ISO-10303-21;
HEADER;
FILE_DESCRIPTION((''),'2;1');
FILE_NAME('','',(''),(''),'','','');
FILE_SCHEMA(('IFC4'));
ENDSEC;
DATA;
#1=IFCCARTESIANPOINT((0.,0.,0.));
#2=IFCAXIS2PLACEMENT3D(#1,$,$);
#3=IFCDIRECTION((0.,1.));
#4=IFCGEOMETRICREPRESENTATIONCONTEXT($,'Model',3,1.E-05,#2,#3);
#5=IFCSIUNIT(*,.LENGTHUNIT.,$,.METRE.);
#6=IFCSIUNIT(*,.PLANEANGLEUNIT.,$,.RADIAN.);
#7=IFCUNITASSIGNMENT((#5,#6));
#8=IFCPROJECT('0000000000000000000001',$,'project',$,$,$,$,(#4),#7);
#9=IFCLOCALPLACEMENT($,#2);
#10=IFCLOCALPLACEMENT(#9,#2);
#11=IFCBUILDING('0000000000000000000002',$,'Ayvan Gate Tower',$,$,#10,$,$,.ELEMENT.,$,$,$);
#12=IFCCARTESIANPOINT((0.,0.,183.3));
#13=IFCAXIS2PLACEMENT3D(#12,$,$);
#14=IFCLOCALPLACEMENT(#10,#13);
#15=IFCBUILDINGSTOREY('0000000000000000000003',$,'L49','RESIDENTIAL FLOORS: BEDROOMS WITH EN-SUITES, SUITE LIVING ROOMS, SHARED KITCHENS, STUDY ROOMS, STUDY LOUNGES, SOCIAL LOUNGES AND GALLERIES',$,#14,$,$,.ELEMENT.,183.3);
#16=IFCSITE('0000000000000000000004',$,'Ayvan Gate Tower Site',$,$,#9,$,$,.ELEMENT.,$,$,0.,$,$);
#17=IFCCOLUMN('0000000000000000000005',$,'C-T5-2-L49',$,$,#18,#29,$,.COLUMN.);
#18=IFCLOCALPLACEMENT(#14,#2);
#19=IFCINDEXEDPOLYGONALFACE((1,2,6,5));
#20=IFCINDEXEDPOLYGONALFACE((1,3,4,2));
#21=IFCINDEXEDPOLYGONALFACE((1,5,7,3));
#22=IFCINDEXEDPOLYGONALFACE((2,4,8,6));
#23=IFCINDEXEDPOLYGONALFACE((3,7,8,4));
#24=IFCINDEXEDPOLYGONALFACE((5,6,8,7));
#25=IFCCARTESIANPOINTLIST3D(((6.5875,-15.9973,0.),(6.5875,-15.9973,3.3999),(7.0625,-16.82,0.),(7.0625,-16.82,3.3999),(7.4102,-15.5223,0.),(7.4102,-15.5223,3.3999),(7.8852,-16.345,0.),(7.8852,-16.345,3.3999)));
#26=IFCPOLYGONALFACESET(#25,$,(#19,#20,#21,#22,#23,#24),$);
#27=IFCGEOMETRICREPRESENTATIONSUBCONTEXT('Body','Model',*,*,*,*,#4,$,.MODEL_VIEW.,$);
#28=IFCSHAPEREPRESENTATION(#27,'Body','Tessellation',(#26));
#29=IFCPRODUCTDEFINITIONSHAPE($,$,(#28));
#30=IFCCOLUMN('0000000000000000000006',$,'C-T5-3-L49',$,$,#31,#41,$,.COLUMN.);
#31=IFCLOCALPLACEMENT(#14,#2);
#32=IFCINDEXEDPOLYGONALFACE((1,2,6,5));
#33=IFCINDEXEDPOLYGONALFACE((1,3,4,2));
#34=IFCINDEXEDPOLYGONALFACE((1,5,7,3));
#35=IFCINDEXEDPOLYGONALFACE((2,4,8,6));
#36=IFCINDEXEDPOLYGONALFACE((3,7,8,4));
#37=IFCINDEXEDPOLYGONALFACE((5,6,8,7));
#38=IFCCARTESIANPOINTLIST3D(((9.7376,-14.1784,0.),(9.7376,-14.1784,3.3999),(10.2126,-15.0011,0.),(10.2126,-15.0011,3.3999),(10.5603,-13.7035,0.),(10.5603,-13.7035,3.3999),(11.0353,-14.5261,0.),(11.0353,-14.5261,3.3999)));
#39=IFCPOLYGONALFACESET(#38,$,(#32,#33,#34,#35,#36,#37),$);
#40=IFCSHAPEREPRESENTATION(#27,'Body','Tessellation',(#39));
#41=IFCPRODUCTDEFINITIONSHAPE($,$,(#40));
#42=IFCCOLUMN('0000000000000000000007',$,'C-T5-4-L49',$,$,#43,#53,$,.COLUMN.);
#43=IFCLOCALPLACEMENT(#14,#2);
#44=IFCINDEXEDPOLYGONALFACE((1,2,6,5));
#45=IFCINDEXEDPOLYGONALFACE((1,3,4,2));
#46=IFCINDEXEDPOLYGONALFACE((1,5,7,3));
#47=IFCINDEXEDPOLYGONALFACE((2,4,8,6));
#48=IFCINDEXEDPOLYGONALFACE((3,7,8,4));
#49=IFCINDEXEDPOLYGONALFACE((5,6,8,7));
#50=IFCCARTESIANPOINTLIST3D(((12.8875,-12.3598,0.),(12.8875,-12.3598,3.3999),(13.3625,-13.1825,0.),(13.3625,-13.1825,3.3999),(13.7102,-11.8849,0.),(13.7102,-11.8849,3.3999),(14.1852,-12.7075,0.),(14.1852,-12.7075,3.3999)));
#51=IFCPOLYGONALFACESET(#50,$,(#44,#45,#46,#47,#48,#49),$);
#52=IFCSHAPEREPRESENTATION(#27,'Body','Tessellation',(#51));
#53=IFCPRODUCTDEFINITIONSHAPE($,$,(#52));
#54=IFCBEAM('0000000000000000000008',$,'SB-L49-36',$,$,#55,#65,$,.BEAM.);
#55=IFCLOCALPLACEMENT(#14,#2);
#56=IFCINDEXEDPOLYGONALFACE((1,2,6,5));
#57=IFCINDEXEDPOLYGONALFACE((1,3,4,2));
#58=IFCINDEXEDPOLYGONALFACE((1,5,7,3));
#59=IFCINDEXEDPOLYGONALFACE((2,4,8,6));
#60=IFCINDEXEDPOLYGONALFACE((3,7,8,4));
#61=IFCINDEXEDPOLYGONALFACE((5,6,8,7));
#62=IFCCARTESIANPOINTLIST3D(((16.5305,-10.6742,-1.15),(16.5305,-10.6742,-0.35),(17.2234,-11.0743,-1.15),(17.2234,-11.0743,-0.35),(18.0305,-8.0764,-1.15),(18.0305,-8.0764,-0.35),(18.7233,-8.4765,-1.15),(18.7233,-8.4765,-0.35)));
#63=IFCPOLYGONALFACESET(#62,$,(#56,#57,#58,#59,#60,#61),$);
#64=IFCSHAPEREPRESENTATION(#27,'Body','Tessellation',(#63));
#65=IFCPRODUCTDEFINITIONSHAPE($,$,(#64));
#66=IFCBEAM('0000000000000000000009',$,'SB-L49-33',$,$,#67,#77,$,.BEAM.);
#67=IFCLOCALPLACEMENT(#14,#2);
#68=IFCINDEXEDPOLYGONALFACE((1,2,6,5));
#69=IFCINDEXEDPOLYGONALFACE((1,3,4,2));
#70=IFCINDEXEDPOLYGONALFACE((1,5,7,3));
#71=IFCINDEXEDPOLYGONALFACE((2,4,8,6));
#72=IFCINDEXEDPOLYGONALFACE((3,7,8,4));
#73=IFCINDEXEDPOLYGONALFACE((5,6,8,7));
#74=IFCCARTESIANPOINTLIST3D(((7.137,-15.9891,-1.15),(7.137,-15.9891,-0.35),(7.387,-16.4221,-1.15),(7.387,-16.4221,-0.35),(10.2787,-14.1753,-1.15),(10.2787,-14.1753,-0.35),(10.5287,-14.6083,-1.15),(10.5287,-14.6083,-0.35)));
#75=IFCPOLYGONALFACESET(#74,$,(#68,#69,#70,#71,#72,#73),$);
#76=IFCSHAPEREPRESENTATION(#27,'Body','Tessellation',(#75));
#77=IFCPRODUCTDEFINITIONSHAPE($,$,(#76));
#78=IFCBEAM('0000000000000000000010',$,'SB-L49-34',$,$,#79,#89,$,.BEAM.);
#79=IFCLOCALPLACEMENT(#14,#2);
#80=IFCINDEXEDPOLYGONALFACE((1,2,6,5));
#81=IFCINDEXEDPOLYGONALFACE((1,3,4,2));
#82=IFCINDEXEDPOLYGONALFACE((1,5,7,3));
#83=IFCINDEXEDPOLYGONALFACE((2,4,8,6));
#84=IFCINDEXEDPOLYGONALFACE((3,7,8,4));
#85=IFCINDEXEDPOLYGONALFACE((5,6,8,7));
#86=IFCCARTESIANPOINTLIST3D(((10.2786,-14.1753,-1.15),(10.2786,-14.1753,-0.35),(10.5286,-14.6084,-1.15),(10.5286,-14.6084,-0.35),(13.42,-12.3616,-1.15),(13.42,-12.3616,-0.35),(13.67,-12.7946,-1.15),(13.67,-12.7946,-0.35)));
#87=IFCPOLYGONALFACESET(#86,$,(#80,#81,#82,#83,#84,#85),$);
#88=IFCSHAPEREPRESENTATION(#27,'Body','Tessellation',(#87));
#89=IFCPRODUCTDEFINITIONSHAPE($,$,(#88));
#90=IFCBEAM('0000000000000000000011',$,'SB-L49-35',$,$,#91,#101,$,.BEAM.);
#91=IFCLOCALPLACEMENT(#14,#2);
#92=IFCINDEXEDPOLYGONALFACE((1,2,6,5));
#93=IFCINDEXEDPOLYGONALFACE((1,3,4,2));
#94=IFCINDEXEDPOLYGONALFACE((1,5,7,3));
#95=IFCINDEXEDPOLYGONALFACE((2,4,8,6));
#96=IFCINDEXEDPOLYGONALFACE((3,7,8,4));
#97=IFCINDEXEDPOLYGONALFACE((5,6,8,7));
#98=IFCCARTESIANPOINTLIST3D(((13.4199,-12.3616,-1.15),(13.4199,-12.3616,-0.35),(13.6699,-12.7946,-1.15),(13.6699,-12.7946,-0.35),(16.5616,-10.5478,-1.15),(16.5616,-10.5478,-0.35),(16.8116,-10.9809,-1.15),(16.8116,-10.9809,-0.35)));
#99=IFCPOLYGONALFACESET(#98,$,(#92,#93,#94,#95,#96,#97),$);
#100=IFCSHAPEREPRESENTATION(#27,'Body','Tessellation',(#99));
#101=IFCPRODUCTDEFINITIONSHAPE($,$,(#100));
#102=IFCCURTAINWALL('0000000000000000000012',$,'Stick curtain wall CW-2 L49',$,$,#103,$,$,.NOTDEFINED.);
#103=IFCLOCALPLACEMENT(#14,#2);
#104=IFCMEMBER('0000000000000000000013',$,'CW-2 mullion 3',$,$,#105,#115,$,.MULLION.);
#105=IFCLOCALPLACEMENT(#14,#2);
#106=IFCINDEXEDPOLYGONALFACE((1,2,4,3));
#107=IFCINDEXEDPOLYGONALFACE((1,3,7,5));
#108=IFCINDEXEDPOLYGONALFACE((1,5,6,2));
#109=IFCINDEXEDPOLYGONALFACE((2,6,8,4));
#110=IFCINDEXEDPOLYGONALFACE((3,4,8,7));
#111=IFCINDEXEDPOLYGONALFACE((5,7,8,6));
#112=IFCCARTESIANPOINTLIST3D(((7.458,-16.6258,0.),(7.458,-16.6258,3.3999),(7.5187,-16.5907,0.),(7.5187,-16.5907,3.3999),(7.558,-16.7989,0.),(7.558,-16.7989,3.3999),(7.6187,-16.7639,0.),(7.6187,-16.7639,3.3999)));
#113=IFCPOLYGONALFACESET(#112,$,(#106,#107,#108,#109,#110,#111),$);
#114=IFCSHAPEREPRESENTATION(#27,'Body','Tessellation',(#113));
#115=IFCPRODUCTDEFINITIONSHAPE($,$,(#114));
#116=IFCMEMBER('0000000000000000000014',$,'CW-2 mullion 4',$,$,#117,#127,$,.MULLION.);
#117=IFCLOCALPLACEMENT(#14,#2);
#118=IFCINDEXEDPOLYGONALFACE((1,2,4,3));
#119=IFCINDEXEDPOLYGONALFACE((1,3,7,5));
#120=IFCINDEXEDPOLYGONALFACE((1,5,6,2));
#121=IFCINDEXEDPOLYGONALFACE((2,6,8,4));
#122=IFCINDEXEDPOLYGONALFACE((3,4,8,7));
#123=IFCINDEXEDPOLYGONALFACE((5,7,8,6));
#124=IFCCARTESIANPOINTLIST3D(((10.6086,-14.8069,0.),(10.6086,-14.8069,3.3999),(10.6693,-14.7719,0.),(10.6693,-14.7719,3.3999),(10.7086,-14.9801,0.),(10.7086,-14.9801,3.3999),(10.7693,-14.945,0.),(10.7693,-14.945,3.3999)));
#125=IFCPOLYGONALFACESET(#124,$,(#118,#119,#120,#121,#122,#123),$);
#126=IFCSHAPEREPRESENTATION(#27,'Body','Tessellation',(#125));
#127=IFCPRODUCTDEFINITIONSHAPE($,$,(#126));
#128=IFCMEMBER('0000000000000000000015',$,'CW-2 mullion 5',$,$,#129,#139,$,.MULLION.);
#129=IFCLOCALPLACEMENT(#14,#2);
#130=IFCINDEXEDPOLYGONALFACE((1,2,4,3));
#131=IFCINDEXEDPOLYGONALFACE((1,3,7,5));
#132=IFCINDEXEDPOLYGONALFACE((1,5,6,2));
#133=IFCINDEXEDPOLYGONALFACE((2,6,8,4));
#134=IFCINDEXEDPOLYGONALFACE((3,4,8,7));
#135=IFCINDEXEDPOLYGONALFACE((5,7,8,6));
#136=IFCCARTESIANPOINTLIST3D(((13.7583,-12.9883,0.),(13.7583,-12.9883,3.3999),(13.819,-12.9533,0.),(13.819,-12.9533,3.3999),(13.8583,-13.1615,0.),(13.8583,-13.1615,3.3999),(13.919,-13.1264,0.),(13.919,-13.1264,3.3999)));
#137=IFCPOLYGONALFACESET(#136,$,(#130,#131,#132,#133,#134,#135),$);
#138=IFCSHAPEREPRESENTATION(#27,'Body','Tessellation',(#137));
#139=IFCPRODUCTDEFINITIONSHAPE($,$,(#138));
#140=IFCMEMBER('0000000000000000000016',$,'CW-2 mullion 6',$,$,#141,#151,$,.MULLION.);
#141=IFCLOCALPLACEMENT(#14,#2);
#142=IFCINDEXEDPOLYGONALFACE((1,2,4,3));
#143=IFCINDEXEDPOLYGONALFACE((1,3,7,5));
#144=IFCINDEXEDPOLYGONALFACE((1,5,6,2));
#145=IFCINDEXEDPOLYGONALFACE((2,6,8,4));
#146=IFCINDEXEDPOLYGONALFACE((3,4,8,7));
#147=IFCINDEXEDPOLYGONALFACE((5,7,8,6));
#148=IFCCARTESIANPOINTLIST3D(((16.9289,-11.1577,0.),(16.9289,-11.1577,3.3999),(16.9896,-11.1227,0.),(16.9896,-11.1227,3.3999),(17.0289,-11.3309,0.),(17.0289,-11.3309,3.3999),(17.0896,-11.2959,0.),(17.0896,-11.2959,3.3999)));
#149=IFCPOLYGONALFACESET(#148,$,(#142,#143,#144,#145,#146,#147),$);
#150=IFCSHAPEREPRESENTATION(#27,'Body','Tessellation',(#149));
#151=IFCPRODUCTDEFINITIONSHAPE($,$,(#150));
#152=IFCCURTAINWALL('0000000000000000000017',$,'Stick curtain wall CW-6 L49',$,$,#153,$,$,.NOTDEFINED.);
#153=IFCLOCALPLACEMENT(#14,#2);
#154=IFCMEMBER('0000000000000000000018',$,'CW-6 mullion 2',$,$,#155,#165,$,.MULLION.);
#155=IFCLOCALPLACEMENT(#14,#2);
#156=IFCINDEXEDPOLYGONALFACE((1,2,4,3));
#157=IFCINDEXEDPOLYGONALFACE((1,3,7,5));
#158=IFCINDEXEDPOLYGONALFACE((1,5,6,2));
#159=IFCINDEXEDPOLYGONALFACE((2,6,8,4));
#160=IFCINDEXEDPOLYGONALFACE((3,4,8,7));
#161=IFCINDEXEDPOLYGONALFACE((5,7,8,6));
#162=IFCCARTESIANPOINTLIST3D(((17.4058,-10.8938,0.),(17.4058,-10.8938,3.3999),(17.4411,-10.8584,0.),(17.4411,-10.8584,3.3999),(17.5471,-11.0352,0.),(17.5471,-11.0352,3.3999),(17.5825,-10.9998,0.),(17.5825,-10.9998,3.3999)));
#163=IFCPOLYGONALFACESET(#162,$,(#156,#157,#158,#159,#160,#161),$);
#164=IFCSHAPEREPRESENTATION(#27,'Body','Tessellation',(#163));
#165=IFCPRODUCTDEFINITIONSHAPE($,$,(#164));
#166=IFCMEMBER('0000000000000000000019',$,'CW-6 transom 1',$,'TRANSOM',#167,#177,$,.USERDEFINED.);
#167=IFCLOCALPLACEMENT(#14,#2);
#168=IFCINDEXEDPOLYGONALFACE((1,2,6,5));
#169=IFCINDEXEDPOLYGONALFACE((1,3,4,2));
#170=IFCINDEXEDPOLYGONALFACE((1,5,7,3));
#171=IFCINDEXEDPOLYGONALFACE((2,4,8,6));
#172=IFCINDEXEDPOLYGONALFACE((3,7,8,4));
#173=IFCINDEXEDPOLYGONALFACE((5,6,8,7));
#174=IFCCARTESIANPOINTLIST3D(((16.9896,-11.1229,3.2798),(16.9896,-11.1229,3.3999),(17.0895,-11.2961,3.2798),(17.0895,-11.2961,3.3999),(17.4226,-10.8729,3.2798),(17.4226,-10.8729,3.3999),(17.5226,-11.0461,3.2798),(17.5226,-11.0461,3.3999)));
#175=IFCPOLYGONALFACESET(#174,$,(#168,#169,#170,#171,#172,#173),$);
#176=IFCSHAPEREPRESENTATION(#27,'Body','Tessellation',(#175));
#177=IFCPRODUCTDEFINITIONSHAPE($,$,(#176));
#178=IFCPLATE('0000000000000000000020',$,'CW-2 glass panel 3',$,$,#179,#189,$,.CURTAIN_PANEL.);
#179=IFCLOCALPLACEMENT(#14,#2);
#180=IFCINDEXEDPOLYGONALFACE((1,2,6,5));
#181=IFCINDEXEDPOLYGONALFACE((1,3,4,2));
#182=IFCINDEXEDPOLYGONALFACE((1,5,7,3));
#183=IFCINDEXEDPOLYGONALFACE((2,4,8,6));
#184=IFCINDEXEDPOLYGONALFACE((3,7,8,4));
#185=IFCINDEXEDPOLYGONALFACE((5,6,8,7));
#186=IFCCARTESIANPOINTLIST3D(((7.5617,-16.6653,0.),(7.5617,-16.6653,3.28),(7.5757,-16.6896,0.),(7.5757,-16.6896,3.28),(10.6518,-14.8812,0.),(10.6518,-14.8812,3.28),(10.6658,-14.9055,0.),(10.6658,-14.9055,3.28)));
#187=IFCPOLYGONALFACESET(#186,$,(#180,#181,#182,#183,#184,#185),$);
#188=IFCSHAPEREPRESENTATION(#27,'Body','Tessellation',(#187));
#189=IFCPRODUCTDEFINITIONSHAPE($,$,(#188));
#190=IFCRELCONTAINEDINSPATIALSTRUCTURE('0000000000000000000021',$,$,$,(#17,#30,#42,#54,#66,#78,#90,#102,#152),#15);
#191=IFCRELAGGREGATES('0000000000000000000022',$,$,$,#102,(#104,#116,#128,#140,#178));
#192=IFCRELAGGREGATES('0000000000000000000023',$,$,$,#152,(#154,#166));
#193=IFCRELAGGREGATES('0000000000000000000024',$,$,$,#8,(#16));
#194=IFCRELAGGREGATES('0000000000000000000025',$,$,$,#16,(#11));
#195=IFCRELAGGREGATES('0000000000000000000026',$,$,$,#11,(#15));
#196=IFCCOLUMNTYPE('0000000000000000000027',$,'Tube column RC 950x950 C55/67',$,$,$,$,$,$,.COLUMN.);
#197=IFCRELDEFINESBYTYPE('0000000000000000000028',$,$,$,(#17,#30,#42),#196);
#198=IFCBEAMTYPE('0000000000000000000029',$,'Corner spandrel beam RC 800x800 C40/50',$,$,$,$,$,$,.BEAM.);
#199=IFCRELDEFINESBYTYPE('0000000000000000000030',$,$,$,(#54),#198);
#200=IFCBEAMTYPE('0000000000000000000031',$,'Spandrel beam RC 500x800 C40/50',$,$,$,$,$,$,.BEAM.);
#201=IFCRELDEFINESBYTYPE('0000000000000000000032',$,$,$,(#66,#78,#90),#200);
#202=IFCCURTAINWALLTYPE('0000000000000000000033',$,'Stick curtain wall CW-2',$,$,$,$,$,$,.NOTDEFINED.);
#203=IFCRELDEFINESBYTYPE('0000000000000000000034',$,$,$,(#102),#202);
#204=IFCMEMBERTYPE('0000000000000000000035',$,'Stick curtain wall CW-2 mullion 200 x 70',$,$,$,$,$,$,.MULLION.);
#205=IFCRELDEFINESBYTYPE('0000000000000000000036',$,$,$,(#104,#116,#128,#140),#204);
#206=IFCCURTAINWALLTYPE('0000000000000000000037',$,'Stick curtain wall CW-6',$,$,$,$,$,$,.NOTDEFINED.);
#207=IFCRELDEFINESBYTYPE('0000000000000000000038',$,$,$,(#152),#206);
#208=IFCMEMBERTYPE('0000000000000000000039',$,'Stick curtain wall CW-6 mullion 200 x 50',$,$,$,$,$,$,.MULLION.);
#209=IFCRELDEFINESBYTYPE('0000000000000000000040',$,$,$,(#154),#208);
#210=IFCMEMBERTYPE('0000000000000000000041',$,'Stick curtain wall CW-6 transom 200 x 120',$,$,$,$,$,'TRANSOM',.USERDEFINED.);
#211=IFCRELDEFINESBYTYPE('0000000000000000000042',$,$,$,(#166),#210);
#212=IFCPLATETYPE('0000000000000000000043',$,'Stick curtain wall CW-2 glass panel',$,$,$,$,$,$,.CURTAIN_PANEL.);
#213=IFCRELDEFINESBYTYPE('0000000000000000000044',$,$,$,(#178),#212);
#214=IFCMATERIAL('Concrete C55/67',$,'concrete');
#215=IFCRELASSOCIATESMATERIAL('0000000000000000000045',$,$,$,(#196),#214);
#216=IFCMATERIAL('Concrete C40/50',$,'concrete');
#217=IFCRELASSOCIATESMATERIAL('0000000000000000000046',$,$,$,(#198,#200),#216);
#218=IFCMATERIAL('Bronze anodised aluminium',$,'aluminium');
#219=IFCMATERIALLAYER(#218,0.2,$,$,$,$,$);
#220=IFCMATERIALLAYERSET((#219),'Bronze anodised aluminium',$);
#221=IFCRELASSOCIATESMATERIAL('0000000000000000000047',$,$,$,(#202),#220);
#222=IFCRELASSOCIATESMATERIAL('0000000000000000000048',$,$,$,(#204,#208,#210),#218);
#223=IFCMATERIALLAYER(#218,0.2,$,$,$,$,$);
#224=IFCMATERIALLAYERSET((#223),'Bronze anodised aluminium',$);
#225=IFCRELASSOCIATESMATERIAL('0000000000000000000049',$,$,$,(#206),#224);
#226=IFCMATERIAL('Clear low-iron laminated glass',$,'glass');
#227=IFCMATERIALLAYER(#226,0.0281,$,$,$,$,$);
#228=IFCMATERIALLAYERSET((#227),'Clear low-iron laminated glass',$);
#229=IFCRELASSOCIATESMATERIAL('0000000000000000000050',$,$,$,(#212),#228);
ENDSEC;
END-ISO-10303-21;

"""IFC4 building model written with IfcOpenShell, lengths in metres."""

from ifc_helpers import new_model, si_unit, direction, frame, origin, origin_2d, place, context, subcontext, project, spatial, rectangle, extrude, material, layer, layer_set, material_profile, profile_set, type_object, element, aggregate, save


model = new_model("IFC4")

# Units and contexts
model_context = context("Model", 3, precision=1e-05, world=origin(), true_north=direction((0.0, 1.0)))
body_context = subcontext(model_context, "Body", "Model", "MODEL_VIEW")
ifc_project = project(units=[si_unit("LENGTHUNIT", "METRE"), si_unit("PLANEANGLEUNIT", "RADIAN")], contexts=[model_context])

# Site, building, storey
site_placement = place(None, origin())
site = spatial("IfcSite", under=ifc_project, at=site_placement, Name="Ayvan Gate Tower Site", CompositionType="ELEMENT", RefElevation=0.0)
building_placement = place(site_placement, origin())
building = spatial("IfcBuilding", under=site, at=building_placement, Name="Ayvan Gate Tower", CompositionType="ELEMENT")
storey_placement = place(building_placement, frame((0.0, 0.0, 183.3)))
storey = spatial("IfcBuildingStorey", under=building, at=storey_placement, Name="L49", Description="RESIDENTIAL FLOORS: BEDROOMS WITH EN-SUITES, SUITE LIVING ROOMS, SHARED KITCHENS, STUDY ROOMS, STUDY LOUNGES, SOCIAL LOUNGES AND GALLERIES", CompositionType="ELEMENT", Elevation=183.3)

# Columns
ifc_material_1 = material(Name="Concrete C55/67", Category="concrete")
ifc_material_profile_1 = material_profile(ifc_material_1, rectangle(XDim=0.95, YDim=0.95, at=origin_2d()), Name="RC 950x950")
ifc_profile_set_1 = profile_set([ifc_material_profile_1], Name="Concrete C55/67")
column_type = type_object("IfcColumnType", Name="Tube column RC 950x950 C55/67", PredefinedType="COLUMN", material=ifc_profile_set_1)
for number, where, z_axis, x_axis, name in (
    (1, (7.2363, -16.1711, 0.0), (0.0, 0.0, 1.0), (0.5, -0.866025, 0.0), "C-T5-2-L49"),
    (2, (10.3865, -14.3523, 0.0), (0.0, 0.0, 1.0), (0.5, -0.866025, 0.0), "C-T5-3-L49"),
    (3, (13.5364, -12.5337, 0.0), (0.0, 0.0, 1.0), (0.5, -0.866025, 0.0), "C-T5-4-L49"),
):
    element("IfcColumn", number, at=place(storey_placement, frame(where, z_axis=z_axis, x_axis=x_axis)), inside=storey, type_object=column_type, Name=name, PredefinedType="COLUMN", context=body_context, shape_type="SweptSolid", body=[
        extrude(rectangle(XDim=0.95, YDim=0.95, at=origin_2d()), origin(), (0.0, 0.0, 1.0), 3.3999),
    ])

# Beams
ifc_material_2 = material(Name="Concrete C40/50", Category="concrete")
ifc_material_profile_2 = material_profile(ifc_material_2, rectangle(XDim=0.8, YDim=0.8, at=origin_2d()), Name="RC 800x800")
ifc_profile_set_2 = profile_set([ifc_material_profile_2], Name="Concrete C40/50")
beam_type_1 = type_object("IfcBeamType", Name="Corner spandrel beam RC 800x800 C40/50", PredefinedType="BEAM", material=ifc_profile_set_2)
beam_1_placement = place(storey_placement, frame((16.877, -10.8743, -0.75), z_axis=(0.500025, 0.866011, 0.0), x_axis=(-0.866011, 0.500025, 0.0)))
element("IfcBeam", 4, at=beam_1_placement, inside=storey, type_object=beam_type_1, Name="SB-L49-36", PredefinedType="BEAM", context=body_context, shape_type="SweptSolid", body=[
    extrude(rectangle(XDim=0.8, YDim=0.8, at=origin_2d()), origin(), (0.0, 0.0, 1.0), 2.9998),
])
ifc_material_profile_3 = material_profile(ifc_material_2, rectangle(XDim=0.5, YDim=0.8, at=origin_2d()), Name="RC 500x800")
ifc_profile_set_3 = profile_set([ifc_material_profile_3], Name="Concrete C40/50")
beam_type_2 = type_object("IfcBeamType", Name="Spandrel beam RC 500x800 C40/50", PredefinedType="BEAM", material=ifc_profile_set_3)
beam_2_placement = place(storey_placement, frame((7.262, -16.2056, -0.75), z_axis=(0.866035, 0.499983, 0.0), x_axis=(-0.499983, 0.866035, 0.0)))
element("IfcBeam", 5, at=beam_2_placement, inside=storey, type_object=beam_type_2, Name="SB-L49-33", PredefinedType="BEAM", context=body_context, shape_type="SweptSolid", body=[
    extrude(rectangle(XDim=0.5, YDim=0.8, at=origin_2d()), origin(), (0.0, 0.0, 1.0), 3.6277),
])
beam_3_placement = place(storey_placement, frame((10.4036, -14.3918, -0.75), z_axis=(0.866019, 0.500012, 0.0), x_axis=(-0.500012, 0.866019, 0.0)))
element("IfcBeam", 6, at=beam_3_placement, inside=storey, type_object=beam_type_2, Name="SB-L49-34", PredefinedType="BEAM", context=body_context, shape_type="SweptSolid", body=[
    extrude(rectangle(XDim=0.5, YDim=0.8, at=origin_2d()), origin(), (0.0, 0.0, 1.0), 3.6274),
])
beam_4_placement = place(storey_placement, frame((13.5449, -12.5781, -0.75), z_axis=(0.866035, 0.499983, 0.0), x_axis=(-0.499983, 0.866035, 0.0)))
element("IfcBeam", 7, at=beam_4_placement, inside=storey, type_object=beam_type_2, Name="SB-L49-35", PredefinedType="BEAM", context=body_context, shape_type="SweptSolid", body=[
    extrude(rectangle(XDim=0.5, YDim=0.8, at=origin_2d()), origin(), (0.0, 0.0, 1.0), 3.6277),
])

# Curtain walls, members
ifc_material_3 = material(Name="Bronze anodised aluminium", Category="aluminium")
ifc_layer_1 = layer(ifc_material_3, 0.2)
ifc_layer_set_1 = layer_set([ifc_layer_1], Name="Bronze anodised aluminium")
curtain_wall_type_1 = type_object("IfcCurtainWallType", Name="Stick curtain wall CW-2", PredefinedType="NOTDEFINED", material=ifc_layer_set_1)
curtain_wall_1_placement = place(storey_placement, origin())
curtain_wall_1 = element("IfcCurtainWall", 8, at=curtain_wall_1_placement, inside=storey, type_object=curtain_wall_type_1, Name="Stick curtain wall CW-2 L49", PredefinedType="NOTDEFINED")
ifc_material_profile_4 = material_profile(ifc_material_3, rectangle(XDim=0.2, YDim=0.0701, at=origin_2d()), Name="Stick curtain wall CW-2 mullion 200 x 70")
ifc_profile_set_4 = profile_set([ifc_material_profile_4], Name="Bronze anodised aluminium")
member_type_1 = type_object("IfcMemberType", Name="Stick curtain wall CW-2 mullion 200 x 70", PredefinedType="MULLION", material=ifc_profile_set_4)
member_1_placement = place(storey_placement, frame((7.5383, -16.6948, 0.0), z_axis=(0.0, 0.0, 1.0), x_axis=(0.5, -0.866025, 0.0)))
member_1 = element("IfcMember", 9, at=member_1_placement, type_object=member_type_1, Name="CW-2 mullion 3", PredefinedType="MULLION", context=body_context, shape_type="SweptSolid", body=[
    extrude(rectangle(XDim=0.2, YDim=0.0701, at=origin_2d()), origin(), (0.0, 0.0, 1.0), 3.3999),
])
member_2_placement = place(storey_placement, frame((10.689, -14.876, 0.0), z_axis=(0.0, 0.0, 1.0), x_axis=(0.5, -0.866025, 0.0)))
member_2 = element("IfcMember", 10, at=member_2_placement, type_object=member_type_1, Name="CW-2 mullion 4", PredefinedType="MULLION", context=body_context, shape_type="SweptSolid", body=[
    extrude(rectangle(XDim=0.2, YDim=0.0701, at=origin_2d()), origin(), (0.0, 0.0, 1.0), 3.3999),
])
member_3_placement = place(storey_placement, frame((13.8386, -13.0574, 0.0), z_axis=(0.0, 0.0, 1.0), x_axis=(0.5, -0.866025, 0.0)))
member_3 = element("IfcMember", 11, at=member_3_placement, type_object=member_type_1, Name="CW-2 mullion 5", PredefinedType="MULLION", context=body_context, shape_type="SweptSolid", body=[
    extrude(rectangle(XDim=0.2, YDim=0.0701, at=origin_2d()), origin(), (0.0, 0.0, 1.0), 3.3999),
])
member_4_placement = place(storey_placement, frame((17.0093, -11.2268, 0.0), z_axis=(0.0, 0.0, 1.0), x_axis=(0.5, -0.866025, 0.0)))
member_4 = element("IfcMember", 12, at=member_4_placement, type_object=member_type_1, Name="CW-2 mullion 6", PredefinedType="MULLION", context=body_context, shape_type="SweptSolid", body=[
    extrude(rectangle(XDim=0.2, YDim=0.0701, at=origin_2d()), origin(), (0.0, 0.0, 1.0), 3.3999),
])
ifc_layer_2 = layer(ifc_material_3, 0.2)
ifc_layer_set_2 = layer_set([ifc_layer_2], Name="Bronze anodised aluminium")
curtain_wall_type_2 = type_object("IfcCurtainWallType", Name="Stick curtain wall CW-6", PredefinedType="NOTDEFINED", material=ifc_layer_set_2)
curtain_wall_2_placement = place(storey_placement, origin())
curtain_wall_2 = element("IfcCurtainWall", 13, at=curtain_wall_2_placement, inside=storey, type_object=curtain_wall_type_2, Name="Stick curtain wall CW-6 L49", PredefinedType="NOTDEFINED")
ifc_material_profile_5 = material_profile(ifc_material_3, rectangle(XDim=0.2, YDim=0.05, at=origin_2d()), Name="Stick curtain wall CW-6 mullion 200 x 50")
ifc_profile_set_5 = profile_set([ifc_material_profile_5], Name="Bronze anodised aluminium")
member_type_2 = type_object("IfcMemberType", Name="Stick curtain wall CW-6 mullion 200 x 50", PredefinedType="MULLION", material=ifc_profile_set_5)
member_5_placement = place(storey_placement, frame((17.4941, -10.9468, 0.0), z_axis=(0.0, 0.0, 1.0), x_axis=(0.707107, -0.707107, 0.0)))
member_5 = element("IfcMember", 14, at=member_5_placement, type_object=member_type_2, Name="CW-6 mullion 2", PredefinedType="MULLION", context=body_context, shape_type="SweptSolid", body=[
    extrude(rectangle(XDim=0.2, YDim=0.05, at=origin_2d()), origin(), (0.0, 0.0, 1.0), 3.3999),
])
ifc_material_profile_6 = material_profile(ifc_material_3, rectangle(XDim=0.2, YDim=0.1201, at=origin_2d()), Name="Stick curtain wall CW-6 transom 200 x 120")
ifc_profile_set_6 = profile_set([ifc_material_profile_6], Name="Bronze anodised aluminium")
member_type_3 = type_object("IfcMemberType", Name="Stick curtain wall CW-6 transom 200 x 120", ElementType="TRANSOM", PredefinedType="USERDEFINED", material=ifc_profile_set_6)
member_6_placement = place(storey_placement, frame((17.0396, -11.2095, 3.3398), z_axis=(0.866072, 0.49992, 0.0), x_axis=(-0.49992, 0.866072, 0.0)))
member_6 = element("IfcMember", 15, at=member_6_placement, type_object=member_type_3, Name="CW-6 transom 1", ObjectType="TRANSOM", PredefinedType="USERDEFINED", context=body_context, shape_type="SweptSolid", body=[
    extrude(rectangle(XDim=0.2, YDim=0.1201, at=origin_2d()), origin(), (0.0, 0.0, 1.0), 0.5),
])

# Plate
ifc_material_4 = material(Name="Clear low-iron laminated glass", Category="glass")
ifc_layer_3 = layer(ifc_material_4, 0.0281)
ifc_layer_set_3 = layer_set([ifc_layer_3], Name="Clear low-iron laminated glass")
plate_type_1 = type_object("IfcPlateType", Name="Stick curtain wall CW-2 glass panel", PredefinedType="CURTAIN_PANEL", material=ifc_layer_set_3)
plate_1_placement = place(storey_placement, frame((9.1138, -15.7854, 0.0), z_axis=(0.0, 0.0, 1.0), x_axis=(0.866025, 0.5, 0.0)))
plate_1 = element("IfcPlate", 16, at=plate_1_placement, type_object=plate_type_1, Name="CW-2 glass panel 3", PredefinedType="CURTAIN_PANEL", context=body_context, shape_type="SweptSolid", body=[
    extrude(rectangle(XDim=3.5681, YDim=0.0281, at=origin_2d()), origin(), (0.0, 0.0, 1.0), 3.28),
])
aggregate(curtain_wall_1, [member_1, member_2, member_3, member_4, plate_1])
aggregate(curtain_wall_2, [member_5, member_6])

save(model, "model.ifc")
